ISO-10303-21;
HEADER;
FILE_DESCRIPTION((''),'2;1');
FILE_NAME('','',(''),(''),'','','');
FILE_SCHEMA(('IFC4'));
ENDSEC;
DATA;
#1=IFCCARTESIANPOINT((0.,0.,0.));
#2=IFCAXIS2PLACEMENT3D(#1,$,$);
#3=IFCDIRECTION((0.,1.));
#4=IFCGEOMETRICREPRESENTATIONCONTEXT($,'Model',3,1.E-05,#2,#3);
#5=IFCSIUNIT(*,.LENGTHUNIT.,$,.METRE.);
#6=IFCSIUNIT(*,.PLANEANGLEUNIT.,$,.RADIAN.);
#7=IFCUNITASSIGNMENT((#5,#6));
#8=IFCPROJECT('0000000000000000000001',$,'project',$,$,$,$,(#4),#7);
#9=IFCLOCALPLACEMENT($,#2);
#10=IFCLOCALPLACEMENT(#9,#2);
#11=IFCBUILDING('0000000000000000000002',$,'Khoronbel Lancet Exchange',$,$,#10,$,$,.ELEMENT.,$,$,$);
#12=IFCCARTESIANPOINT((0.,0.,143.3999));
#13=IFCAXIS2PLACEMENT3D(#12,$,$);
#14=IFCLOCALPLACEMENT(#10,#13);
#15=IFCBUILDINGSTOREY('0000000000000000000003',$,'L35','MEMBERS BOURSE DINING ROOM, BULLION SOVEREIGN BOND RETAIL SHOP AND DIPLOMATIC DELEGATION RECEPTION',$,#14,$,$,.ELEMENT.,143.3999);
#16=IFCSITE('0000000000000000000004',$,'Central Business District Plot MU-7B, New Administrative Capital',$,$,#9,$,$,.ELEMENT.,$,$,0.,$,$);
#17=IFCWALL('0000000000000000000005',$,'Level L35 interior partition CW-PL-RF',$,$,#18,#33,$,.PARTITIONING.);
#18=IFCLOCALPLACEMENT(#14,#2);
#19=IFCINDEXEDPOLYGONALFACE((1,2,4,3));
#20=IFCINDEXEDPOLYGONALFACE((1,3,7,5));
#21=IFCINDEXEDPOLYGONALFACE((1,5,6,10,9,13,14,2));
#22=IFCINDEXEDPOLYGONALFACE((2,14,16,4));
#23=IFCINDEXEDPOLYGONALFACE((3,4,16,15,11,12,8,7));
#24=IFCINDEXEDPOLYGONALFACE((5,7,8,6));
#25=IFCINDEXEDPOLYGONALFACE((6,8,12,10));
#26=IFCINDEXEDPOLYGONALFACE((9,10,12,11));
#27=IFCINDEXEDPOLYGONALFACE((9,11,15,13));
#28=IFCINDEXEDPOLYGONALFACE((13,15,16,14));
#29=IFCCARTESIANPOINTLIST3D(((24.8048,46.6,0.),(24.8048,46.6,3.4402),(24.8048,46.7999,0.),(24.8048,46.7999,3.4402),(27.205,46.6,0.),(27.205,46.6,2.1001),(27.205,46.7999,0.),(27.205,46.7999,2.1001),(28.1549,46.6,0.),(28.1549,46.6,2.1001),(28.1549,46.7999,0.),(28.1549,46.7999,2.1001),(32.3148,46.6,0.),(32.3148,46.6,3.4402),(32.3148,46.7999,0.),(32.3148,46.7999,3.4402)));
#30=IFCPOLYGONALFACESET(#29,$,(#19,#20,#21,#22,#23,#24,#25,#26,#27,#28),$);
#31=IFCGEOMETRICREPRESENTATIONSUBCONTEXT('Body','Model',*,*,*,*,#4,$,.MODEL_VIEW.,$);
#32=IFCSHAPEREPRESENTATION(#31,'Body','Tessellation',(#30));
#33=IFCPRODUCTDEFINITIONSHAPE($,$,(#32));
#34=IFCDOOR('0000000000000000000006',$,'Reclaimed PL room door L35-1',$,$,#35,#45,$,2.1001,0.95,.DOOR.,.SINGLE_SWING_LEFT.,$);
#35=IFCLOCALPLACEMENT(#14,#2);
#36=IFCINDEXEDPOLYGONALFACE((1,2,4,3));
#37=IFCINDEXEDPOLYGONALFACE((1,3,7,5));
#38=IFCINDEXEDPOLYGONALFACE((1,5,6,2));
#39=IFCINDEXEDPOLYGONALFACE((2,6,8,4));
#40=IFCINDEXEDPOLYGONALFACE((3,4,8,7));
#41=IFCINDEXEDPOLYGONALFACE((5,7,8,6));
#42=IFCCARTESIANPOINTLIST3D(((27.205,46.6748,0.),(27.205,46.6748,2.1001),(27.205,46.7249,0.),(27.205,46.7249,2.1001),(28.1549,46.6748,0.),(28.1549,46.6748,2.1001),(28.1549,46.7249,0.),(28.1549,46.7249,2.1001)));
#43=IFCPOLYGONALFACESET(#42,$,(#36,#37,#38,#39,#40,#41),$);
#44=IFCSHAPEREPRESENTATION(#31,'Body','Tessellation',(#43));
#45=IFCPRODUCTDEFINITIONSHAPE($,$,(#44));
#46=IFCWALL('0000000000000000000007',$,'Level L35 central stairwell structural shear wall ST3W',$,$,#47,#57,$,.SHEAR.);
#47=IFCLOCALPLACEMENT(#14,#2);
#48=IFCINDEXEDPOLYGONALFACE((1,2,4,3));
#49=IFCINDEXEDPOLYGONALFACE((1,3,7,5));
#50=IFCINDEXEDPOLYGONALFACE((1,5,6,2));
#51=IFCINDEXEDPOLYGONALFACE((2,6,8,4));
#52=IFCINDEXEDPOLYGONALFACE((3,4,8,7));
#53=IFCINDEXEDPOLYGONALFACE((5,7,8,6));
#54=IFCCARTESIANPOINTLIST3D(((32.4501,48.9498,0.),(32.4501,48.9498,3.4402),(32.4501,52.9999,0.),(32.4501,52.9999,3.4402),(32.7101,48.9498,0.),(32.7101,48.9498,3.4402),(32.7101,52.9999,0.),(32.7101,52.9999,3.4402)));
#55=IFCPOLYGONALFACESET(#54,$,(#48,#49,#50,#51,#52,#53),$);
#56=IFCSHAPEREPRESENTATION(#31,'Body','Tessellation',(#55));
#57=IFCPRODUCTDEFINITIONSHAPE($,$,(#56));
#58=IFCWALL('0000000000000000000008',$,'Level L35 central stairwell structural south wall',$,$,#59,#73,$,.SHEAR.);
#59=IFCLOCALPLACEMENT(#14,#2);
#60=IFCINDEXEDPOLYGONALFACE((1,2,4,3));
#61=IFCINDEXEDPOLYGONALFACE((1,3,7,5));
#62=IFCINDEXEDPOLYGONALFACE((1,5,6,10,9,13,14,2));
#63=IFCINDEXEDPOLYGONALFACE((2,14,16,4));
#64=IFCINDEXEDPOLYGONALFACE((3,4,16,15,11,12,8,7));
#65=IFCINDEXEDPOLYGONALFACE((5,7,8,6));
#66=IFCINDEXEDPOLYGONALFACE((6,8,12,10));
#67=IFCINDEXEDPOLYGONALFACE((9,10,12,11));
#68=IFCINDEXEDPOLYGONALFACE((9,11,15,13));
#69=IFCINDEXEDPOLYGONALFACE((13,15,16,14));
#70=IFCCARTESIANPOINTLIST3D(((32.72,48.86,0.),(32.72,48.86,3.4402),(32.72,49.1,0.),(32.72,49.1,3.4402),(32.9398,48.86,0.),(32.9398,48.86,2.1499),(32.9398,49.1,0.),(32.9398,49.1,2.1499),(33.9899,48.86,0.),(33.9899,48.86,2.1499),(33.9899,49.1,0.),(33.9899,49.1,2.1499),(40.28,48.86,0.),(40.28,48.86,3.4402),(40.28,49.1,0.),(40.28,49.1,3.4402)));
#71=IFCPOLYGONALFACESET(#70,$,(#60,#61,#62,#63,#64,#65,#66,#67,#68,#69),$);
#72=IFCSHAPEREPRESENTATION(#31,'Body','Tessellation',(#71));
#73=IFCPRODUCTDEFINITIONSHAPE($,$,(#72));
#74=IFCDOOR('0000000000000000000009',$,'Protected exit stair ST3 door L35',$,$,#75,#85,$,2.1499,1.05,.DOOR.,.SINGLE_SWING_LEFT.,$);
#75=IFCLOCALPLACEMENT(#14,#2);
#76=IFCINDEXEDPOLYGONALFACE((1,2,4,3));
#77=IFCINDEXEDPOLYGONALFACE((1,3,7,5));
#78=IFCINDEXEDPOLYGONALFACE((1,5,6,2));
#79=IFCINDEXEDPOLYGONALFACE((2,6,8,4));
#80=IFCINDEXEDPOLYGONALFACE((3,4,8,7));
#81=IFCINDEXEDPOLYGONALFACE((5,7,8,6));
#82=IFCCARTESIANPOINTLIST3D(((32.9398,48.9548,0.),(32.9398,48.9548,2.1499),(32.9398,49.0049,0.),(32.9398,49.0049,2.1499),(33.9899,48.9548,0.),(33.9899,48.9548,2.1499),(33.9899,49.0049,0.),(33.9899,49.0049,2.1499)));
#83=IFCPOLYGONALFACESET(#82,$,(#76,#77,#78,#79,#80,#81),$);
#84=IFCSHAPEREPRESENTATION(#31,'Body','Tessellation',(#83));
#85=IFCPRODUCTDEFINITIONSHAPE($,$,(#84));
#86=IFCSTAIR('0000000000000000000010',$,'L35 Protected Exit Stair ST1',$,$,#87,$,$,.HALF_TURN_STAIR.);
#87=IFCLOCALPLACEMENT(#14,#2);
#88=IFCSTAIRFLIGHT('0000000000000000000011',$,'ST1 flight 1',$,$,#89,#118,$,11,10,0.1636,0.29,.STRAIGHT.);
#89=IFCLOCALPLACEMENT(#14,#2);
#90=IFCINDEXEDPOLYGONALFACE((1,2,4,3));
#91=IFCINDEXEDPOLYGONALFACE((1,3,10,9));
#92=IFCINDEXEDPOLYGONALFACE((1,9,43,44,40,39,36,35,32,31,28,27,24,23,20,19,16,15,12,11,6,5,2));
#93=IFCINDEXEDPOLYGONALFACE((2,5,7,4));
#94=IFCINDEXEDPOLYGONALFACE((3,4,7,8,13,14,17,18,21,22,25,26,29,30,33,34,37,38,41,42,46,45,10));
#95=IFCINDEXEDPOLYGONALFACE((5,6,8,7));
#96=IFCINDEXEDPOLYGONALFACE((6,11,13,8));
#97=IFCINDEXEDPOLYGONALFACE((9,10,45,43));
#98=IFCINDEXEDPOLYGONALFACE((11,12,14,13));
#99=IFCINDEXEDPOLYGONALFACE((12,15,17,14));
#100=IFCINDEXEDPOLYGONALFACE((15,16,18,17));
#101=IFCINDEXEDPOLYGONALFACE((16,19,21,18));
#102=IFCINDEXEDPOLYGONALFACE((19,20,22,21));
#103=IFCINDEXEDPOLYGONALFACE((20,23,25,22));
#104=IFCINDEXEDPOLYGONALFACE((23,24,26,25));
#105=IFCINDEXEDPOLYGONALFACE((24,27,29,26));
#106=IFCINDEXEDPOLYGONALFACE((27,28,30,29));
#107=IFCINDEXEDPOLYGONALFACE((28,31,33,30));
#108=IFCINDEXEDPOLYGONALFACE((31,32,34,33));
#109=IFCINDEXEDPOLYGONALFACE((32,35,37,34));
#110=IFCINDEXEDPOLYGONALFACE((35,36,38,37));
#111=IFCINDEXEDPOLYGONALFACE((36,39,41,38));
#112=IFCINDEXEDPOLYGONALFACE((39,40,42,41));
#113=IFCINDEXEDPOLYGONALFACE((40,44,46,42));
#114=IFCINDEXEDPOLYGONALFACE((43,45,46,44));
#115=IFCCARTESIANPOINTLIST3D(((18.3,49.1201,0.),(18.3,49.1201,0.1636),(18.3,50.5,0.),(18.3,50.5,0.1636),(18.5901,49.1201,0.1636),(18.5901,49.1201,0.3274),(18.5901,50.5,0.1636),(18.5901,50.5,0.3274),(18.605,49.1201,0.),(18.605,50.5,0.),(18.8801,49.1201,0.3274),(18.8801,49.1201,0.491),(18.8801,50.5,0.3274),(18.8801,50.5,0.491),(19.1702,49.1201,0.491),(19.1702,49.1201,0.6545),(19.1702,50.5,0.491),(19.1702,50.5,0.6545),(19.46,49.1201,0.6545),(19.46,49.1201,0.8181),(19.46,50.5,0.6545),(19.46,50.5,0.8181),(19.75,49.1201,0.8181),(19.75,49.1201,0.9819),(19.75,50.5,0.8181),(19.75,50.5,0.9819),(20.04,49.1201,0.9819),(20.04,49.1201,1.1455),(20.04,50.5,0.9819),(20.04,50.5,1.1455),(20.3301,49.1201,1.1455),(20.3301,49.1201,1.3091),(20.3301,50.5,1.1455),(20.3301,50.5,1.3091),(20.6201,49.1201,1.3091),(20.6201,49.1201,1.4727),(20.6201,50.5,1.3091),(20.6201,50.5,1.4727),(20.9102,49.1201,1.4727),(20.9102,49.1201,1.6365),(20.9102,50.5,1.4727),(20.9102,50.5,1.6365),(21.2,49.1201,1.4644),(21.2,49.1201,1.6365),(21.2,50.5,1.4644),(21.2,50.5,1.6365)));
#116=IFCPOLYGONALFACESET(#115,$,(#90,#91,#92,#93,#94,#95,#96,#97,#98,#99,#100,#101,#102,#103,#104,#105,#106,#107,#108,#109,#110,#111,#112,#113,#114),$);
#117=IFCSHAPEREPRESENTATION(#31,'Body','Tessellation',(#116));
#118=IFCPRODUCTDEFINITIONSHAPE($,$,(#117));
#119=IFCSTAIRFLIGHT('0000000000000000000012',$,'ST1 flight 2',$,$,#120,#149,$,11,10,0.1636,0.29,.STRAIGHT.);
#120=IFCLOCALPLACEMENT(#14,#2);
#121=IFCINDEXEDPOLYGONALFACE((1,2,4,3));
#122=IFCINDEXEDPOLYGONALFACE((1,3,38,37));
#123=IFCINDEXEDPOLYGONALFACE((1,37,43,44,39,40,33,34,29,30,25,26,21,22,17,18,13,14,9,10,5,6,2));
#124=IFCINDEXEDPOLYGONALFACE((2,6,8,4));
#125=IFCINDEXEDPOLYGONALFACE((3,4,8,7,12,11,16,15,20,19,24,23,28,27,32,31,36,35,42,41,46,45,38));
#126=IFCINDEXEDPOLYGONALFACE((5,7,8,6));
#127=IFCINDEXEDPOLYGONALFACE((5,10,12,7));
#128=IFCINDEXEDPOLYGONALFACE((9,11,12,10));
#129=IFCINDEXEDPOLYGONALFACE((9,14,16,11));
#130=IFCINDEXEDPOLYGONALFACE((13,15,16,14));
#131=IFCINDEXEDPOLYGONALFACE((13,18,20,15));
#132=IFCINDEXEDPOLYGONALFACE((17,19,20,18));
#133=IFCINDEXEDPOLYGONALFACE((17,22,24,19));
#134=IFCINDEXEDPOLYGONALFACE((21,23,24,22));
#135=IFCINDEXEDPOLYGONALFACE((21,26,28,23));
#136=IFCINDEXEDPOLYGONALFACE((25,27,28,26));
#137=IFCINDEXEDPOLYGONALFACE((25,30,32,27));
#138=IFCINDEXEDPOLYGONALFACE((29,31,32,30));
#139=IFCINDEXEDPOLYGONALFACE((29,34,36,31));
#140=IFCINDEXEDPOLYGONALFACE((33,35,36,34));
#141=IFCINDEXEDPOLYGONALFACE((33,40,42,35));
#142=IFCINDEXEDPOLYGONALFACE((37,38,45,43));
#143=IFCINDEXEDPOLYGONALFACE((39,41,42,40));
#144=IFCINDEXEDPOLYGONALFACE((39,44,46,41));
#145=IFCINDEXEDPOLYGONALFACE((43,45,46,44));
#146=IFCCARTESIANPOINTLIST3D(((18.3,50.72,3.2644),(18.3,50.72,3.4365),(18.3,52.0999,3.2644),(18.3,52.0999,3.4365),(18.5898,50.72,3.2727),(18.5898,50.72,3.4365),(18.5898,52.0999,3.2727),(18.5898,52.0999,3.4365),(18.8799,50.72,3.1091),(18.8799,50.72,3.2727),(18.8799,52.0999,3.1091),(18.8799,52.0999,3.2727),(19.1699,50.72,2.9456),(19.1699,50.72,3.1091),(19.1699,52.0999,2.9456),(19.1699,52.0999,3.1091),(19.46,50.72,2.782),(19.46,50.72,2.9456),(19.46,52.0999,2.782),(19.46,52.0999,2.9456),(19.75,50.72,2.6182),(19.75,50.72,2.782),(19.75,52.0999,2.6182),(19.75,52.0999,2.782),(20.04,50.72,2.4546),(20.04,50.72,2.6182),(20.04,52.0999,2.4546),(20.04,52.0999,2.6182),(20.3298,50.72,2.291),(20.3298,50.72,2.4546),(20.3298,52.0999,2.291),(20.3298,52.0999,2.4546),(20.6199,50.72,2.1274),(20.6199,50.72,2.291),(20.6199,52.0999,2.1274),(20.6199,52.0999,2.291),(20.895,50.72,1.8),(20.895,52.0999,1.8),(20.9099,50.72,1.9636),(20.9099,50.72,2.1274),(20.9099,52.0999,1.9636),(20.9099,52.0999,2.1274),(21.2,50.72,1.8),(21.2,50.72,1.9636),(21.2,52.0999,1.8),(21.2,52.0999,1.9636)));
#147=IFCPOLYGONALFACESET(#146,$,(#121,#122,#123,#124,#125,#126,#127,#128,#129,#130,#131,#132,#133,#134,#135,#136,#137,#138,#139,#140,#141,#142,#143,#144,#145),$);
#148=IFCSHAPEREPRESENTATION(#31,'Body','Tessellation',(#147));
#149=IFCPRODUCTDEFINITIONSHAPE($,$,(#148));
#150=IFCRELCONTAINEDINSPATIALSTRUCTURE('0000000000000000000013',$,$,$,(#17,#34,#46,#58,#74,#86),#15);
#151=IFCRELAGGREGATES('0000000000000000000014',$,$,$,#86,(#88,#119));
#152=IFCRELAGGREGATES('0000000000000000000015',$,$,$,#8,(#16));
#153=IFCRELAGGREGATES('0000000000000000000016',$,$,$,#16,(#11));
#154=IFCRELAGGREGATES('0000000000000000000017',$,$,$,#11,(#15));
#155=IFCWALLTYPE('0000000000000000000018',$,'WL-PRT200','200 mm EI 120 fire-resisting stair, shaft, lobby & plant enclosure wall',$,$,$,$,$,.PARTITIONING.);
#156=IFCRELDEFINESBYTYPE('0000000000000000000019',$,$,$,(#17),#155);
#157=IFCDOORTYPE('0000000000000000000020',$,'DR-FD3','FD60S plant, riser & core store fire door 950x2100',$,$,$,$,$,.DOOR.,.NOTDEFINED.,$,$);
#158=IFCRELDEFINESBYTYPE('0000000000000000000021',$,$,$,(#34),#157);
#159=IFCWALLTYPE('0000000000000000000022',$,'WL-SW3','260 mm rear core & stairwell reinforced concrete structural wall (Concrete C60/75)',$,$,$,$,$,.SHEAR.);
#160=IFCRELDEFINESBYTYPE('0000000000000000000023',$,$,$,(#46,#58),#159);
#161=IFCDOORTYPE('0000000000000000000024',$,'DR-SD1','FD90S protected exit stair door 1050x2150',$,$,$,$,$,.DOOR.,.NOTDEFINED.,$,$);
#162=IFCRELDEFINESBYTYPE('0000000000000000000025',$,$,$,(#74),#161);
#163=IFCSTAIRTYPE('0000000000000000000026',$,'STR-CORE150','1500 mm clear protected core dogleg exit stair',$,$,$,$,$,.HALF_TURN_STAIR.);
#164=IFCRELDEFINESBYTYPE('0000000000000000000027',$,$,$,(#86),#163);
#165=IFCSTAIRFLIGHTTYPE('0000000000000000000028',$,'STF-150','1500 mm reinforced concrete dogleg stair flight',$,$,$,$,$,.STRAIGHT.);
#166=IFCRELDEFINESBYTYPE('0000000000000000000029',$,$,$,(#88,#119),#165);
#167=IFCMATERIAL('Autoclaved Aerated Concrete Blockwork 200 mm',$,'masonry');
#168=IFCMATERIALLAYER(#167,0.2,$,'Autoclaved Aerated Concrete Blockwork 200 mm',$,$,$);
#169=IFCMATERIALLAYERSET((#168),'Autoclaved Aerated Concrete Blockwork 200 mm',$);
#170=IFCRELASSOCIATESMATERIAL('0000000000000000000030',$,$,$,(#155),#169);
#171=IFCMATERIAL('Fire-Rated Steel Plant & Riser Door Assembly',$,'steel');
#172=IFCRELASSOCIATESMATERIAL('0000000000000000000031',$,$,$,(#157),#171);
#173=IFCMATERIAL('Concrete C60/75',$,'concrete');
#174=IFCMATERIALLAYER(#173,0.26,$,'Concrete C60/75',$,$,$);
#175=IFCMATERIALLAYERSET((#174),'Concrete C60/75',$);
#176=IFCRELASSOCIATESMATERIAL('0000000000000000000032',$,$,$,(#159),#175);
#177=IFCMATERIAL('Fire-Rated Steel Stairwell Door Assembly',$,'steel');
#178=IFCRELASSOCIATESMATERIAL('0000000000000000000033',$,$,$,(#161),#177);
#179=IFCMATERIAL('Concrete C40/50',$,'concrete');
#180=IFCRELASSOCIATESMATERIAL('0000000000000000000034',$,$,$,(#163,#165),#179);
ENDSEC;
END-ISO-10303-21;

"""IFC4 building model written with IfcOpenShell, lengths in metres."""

from ifc_helpers import new_model, si_unit, direction, frame, frame_2d, origin, place, context, subcontext, project, spatial, polyline, rectangle, outline, extrude, material, layer, layer_set, type_object, element, fill, aggregate, save


model = new_model("IFC4")

# Units and contexts
model_context = context("Model", 3, precision=1e-05, world=origin(), true_north=direction((0.0, 1.0)))
body_context = subcontext(model_context, "Body", "Model", "MODEL_VIEW")
ifc_project = project(units=[si_unit("LENGTHUNIT", "METRE"), si_unit("PLANEANGLEUNIT", "RADIAN")], contexts=[model_context])

# Site, building, storey
site_placement = place(None, origin())
site = spatial("IfcSite", under=ifc_project, at=site_placement, Name="Central Business District Plot MU-7B, New Administrative Capital", CompositionType="ELEMENT", RefElevation=0.0)
building_placement = place(site_placement, origin())
building = spatial("IfcBuilding", under=site, at=building_placement, Name="Khoronbel Lancet Exchange", CompositionType="ELEMENT")
storey_placement = place(building_placement, frame((0.0, 0.0, 143.3999)))
storey = spatial("IfcBuildingStorey", under=building, at=storey_placement, Name="L35", Description="MEMBERS BOURSE DINING ROOM, BULLION SOVEREIGN BOND RETAIL SHOP AND DIPLOMATIC DELEGATION RECEPTION", CompositionType="ELEMENT", Elevation=143.3999)

# Shared definitions
ifc_material_1 = material(Name="Autoclaved Aerated Concrete Blockwork 200 mm", Category="masonry")
ifc_layer_1 = layer(ifc_material_1, 0.2, Name="Autoclaved Aerated Concrete Blockwork 200 mm")
ifc_layer_set_1 = layer_set([ifc_layer_1], Name="Autoclaved Aerated Concrete Blockwork 200 mm")
wall_type_1 = type_object("IfcWallType", Name="WL-PRT200", Description="200 mm EI 120 fire-resisting stair, shaft, lobby & plant enclosure wall", PredefinedType="PARTITIONING", material=ifc_layer_set_1)

# Wall, opening, door
wall_1_placement = place(storey_placement, frame((24.8049, 46.7, 0.0), z_axis=(0.0, 0.0, 1.0), x_axis=(1.0, 0.0, 0.0)))
wall_1 = element("IfcWall", 1, at=wall_1_placement, inside=storey, type_object=wall_type_1, Name="Level L35 interior partition CW-PL-RF", PredefinedType="PARTITIONING", context=body_context, shape_type="SweptSolid", body=[
    extrude(rectangle(XDim=7.51, YDim=0.2, at=frame_2d((3.7549, 0.0))), origin(), (0.0, 0.0, 1.0), 3.4402),
])
opening_1_placement = place(wall_1_placement, frame((2.3999, 0.0, 0.0)))
opening_1 = element("IfcOpeningElement", 2, at=opening_1_placement, cuts=wall_1, PredefinedType="OPENING", context=body_context, shape_type="SweptSolid", body=[
    extrude(rectangle(XDim=0.95, YDim=2.1001, at=frame_2d((0.4751, 1.05))), frame((0.0, 0.1099, 0.0), z_axis=(0.0, -1.0, 0.0), x_axis=(1.0, 0.0, 0.0)), (0.0, 0.0, 1.0), 0.22),
])
ifc_material_2 = material(Name="Fire-Rated Steel Plant & Riser Door Assembly", Category="steel")
door_type_1 = type_object("IfcDoorType", Name="DR-FD3", Description="FD60S plant, riser & core store fire door 950x2100", OperationType="NOTDEFINED", PredefinedType="DOOR", material=ifc_material_2)
door_1_placement = place(opening_1_placement, origin())
door_1 = element("IfcDoor", 3, at=door_1_placement, inside=storey, type_object=door_type_1, Name="Reclaimed PL room door L35-1", OperationType="SINGLE_SWING_LEFT", OverallHeight=2.1001, OverallWidth=0.95, PredefinedType="DOOR", context=body_context, shape_type="SweptSolid", body=[
    extrude(rectangle(XDim=0.95, YDim=2.1001, at=frame_2d((0.4751, 1.05))), frame((0.0, 0.0249, 0.0), z_axis=(0.0, -1.0, 0.0), x_axis=(1.0, 0.0, 0.0)), (0.0, 0.0, 1.0), 0.05),
])
fill(opening_1, door_1)

# Wall
ifc_material_3 = material(Name="Concrete C60/75", Category="concrete")
ifc_layer_2 = layer(ifc_material_3, 0.26, Name="Concrete C60/75")
ifc_layer_set_2 = layer_set([ifc_layer_2], Name="Concrete C60/75")
wall_type_2 = type_object("IfcWallType", Name="WL-SW3", Description="260 mm rear core & stairwell reinforced concrete structural wall (Concrete C60/75)", PredefinedType="SHEAR", material=ifc_layer_set_2)
wall_2_placement = place(storey_placement, frame((32.5801, 48.95, 0.0), z_axis=(0.0, 0.0, 1.0), x_axis=(0.0, 1.0, 0.0)))
element("IfcWall", 4, at=wall_2_placement, inside=storey, type_object=wall_type_2, Name="Level L35 central stairwell structural shear wall ST3W", PredefinedType="SHEAR", context=body_context, shape_type="SweptSolid", body=[
    extrude(rectangle(XDim=4.05, YDim=0.26, at=frame_2d((2.0249, 0.0))), origin(), (0.0, 0.0, 1.0), 3.4402),
])

# Wall, opening, door
wall_3_placement = place(storey_placement, frame((32.72, 48.98, 0.0), z_axis=(0.0, 0.0, 1.0), x_axis=(1.0, 0.0, 0.0)))
wall_3 = element("IfcWall", 5, at=wall_3_placement, inside=storey, type_object=wall_type_2, Name="Level L35 central stairwell structural south wall", PredefinedType="SHEAR", context=body_context, shape_type="SweptSolid", body=[
    extrude(rectangle(XDim=7.5601, YDim=0.24, at=frame_2d((3.78, 0.0))), origin(), (0.0, 0.0, 1.0), 3.4402),
])
opening_2_placement = place(wall_3_placement, frame((0.22, 0.0, 0.0)))
opening_2 = element("IfcOpeningElement", 6, at=opening_2_placement, cuts=wall_3, PredefinedType="OPENING", context=body_context, shape_type="SweptSolid", body=[
    extrude(rectangle(XDim=1.05, YDim=2.1499, at=frame_2d((0.5249, 1.075))), frame((0.0, 0.1299, 0.0), z_axis=(0.0, -1.0, 0.0), x_axis=(1.0, 0.0, 0.0)), (0.0, 0.0, 1.0), 0.26),
])
ifc_material_4 = material(Name="Fire-Rated Steel Stairwell Door Assembly", Category="steel")
door_type_2 = type_object("IfcDoorType", Name="DR-SD1", Description="FD90S protected exit stair door 1050x2150", OperationType="NOTDEFINED", PredefinedType="DOOR", material=ifc_material_4)
door_2_placement = place(opening_2_placement, origin())
door_2 = element("IfcDoor", 7, at=door_2_placement, inside=storey, type_object=door_type_2, Name="Protected exit stair ST3 door L35", OperationType="SINGLE_SWING_LEFT", OverallHeight=2.1499, OverallWidth=1.05, PredefinedType="DOOR", context=body_context, shape_type="SweptSolid", body=[
    extrude(rectangle(XDim=1.05, YDim=2.1499, at=frame_2d((0.5249, 1.075))), frame((0.0, 0.0249, 0.0), z_axis=(0.0, -1.0, 0.0), x_axis=(1.0, 0.0, 0.0)), (0.0, 0.0, 1.0), 0.05),
])
fill(opening_2, door_2)

# Stair, stair flights
ifc_material_5 = material(Name="Concrete C40/50", Category="concrete")
stair_type = type_object("IfcStairType", Name="STR-CORE150", Description="1500 mm clear protected core dogleg exit stair", PredefinedType="HALF_TURN_STAIR", material=ifc_material_5)
stair_placement = place(storey_placement, origin())
stair = element("IfcStair", 8, at=stair_placement, inside=storey, type_object=stair_type, Name="L35 Protected Exit Stair ST1", PredefinedType="HALF_TURN_STAIR")
stair_flight_type = type_object("IfcStairFlightType", Name="STF-150", Description="1500 mm reinforced concrete dogleg stair flight", PredefinedType="STRAIGHT", material=ifc_material_5)
stair_flight_1_placement = place(storey_placement, frame((18.3, 49.8101, 0.0), z_axis=(0.0, 0.0, 1.0), x_axis=(1.0, 0.0, 0.0)))
stair_flight_1 = element("IfcStairFlight", 9, at=stair_flight_1_placement, type_object=stair_flight_type, Name="ST1 flight 1", NumberOfRisers=11, NumberOfTreads=10, PredefinedType="STRAIGHT", RiserHeight=0.1636, TreadLength=0.29, context=body_context, shape_type="SweptSolid", body=[
    extrude(outline(polyline([(0.0, 0.0), (0.0, 0.1636), (0.29, 0.1636), (0.29, 0.3274), (0.5801, 0.3274), (0.5801, 0.491), (0.8701, 0.491), (0.8701, 0.6545), (1.1599, 0.6545), (1.1599, 0.8181), (1.45, 0.8181), (1.45, 0.9819), (1.74, 0.9819), (1.74, 1.1455), (2.03, 1.1455), (2.03, 1.3091), (2.3201, 1.3091), (2.3201, 1.4727), (2.6101, 1.4727), (2.6101, 1.6365), (2.8999, 1.6365), (2.8999, 1.8), (2.8999, 1.4644), (0.3049, 0.0), (0.0, 0.0)])), frame((0.0, 0.6899, 0.0), z_axis=(0.0, -1.0, 0.0), x_axis=(1.0, 0.0, 0.0)), (0.0, 0.0, 1.0), 1.3799),
])
stair_flight_2_placement = place(storey_placement, frame((21.2, 51.4099, 1.8), z_axis=(0.0, 0.0, 1.0), x_axis=(-1.0, 0.0, 0.0)))
stair_flight_2 = element("IfcStairFlight", 10, at=stair_flight_2_placement, type_object=stair_flight_type, Name="ST1 flight 2", NumberOfRisers=11, NumberOfTreads=10, PredefinedType="STRAIGHT", RiserHeight=0.1636, TreadLength=0.29, context=body_context, shape_type="SweptSolid", body=[
    extrude(outline(polyline([(0.0, 0.0), (0.0, 0.1636), (0.29, 0.1636), (0.29, 0.3274), (0.5801, 0.3274), (0.5801, 0.491), (0.8701, 0.491), (0.8701, 0.6545), (1.1599, 0.6545), (1.1599, 0.8181), (1.45, 0.8181), (1.45, 0.9819), (1.74, 0.9819), (1.74, 1.1455), (2.03, 1.1455), (2.03, 1.3091), (2.3201, 1.3091), (2.3201, 1.4727), (2.6101, 1.4727), (2.6101, 1.6365), (2.8999, 1.6365), (2.8999, 1.8), (2.8999, 1.4644), (0.3049, 0.0), (0.0, 0.0)])), frame((0.0, 0.6899, 0.0), z_axis=(0.0, -1.0, 0.0), x_axis=(1.0, 0.0, 0.0)), (0.0, 0.0, 1.0), 1.3799),
])
aggregate(stair, [stair_flight_1, stair_flight_2])

save(model, "model.ifc")
